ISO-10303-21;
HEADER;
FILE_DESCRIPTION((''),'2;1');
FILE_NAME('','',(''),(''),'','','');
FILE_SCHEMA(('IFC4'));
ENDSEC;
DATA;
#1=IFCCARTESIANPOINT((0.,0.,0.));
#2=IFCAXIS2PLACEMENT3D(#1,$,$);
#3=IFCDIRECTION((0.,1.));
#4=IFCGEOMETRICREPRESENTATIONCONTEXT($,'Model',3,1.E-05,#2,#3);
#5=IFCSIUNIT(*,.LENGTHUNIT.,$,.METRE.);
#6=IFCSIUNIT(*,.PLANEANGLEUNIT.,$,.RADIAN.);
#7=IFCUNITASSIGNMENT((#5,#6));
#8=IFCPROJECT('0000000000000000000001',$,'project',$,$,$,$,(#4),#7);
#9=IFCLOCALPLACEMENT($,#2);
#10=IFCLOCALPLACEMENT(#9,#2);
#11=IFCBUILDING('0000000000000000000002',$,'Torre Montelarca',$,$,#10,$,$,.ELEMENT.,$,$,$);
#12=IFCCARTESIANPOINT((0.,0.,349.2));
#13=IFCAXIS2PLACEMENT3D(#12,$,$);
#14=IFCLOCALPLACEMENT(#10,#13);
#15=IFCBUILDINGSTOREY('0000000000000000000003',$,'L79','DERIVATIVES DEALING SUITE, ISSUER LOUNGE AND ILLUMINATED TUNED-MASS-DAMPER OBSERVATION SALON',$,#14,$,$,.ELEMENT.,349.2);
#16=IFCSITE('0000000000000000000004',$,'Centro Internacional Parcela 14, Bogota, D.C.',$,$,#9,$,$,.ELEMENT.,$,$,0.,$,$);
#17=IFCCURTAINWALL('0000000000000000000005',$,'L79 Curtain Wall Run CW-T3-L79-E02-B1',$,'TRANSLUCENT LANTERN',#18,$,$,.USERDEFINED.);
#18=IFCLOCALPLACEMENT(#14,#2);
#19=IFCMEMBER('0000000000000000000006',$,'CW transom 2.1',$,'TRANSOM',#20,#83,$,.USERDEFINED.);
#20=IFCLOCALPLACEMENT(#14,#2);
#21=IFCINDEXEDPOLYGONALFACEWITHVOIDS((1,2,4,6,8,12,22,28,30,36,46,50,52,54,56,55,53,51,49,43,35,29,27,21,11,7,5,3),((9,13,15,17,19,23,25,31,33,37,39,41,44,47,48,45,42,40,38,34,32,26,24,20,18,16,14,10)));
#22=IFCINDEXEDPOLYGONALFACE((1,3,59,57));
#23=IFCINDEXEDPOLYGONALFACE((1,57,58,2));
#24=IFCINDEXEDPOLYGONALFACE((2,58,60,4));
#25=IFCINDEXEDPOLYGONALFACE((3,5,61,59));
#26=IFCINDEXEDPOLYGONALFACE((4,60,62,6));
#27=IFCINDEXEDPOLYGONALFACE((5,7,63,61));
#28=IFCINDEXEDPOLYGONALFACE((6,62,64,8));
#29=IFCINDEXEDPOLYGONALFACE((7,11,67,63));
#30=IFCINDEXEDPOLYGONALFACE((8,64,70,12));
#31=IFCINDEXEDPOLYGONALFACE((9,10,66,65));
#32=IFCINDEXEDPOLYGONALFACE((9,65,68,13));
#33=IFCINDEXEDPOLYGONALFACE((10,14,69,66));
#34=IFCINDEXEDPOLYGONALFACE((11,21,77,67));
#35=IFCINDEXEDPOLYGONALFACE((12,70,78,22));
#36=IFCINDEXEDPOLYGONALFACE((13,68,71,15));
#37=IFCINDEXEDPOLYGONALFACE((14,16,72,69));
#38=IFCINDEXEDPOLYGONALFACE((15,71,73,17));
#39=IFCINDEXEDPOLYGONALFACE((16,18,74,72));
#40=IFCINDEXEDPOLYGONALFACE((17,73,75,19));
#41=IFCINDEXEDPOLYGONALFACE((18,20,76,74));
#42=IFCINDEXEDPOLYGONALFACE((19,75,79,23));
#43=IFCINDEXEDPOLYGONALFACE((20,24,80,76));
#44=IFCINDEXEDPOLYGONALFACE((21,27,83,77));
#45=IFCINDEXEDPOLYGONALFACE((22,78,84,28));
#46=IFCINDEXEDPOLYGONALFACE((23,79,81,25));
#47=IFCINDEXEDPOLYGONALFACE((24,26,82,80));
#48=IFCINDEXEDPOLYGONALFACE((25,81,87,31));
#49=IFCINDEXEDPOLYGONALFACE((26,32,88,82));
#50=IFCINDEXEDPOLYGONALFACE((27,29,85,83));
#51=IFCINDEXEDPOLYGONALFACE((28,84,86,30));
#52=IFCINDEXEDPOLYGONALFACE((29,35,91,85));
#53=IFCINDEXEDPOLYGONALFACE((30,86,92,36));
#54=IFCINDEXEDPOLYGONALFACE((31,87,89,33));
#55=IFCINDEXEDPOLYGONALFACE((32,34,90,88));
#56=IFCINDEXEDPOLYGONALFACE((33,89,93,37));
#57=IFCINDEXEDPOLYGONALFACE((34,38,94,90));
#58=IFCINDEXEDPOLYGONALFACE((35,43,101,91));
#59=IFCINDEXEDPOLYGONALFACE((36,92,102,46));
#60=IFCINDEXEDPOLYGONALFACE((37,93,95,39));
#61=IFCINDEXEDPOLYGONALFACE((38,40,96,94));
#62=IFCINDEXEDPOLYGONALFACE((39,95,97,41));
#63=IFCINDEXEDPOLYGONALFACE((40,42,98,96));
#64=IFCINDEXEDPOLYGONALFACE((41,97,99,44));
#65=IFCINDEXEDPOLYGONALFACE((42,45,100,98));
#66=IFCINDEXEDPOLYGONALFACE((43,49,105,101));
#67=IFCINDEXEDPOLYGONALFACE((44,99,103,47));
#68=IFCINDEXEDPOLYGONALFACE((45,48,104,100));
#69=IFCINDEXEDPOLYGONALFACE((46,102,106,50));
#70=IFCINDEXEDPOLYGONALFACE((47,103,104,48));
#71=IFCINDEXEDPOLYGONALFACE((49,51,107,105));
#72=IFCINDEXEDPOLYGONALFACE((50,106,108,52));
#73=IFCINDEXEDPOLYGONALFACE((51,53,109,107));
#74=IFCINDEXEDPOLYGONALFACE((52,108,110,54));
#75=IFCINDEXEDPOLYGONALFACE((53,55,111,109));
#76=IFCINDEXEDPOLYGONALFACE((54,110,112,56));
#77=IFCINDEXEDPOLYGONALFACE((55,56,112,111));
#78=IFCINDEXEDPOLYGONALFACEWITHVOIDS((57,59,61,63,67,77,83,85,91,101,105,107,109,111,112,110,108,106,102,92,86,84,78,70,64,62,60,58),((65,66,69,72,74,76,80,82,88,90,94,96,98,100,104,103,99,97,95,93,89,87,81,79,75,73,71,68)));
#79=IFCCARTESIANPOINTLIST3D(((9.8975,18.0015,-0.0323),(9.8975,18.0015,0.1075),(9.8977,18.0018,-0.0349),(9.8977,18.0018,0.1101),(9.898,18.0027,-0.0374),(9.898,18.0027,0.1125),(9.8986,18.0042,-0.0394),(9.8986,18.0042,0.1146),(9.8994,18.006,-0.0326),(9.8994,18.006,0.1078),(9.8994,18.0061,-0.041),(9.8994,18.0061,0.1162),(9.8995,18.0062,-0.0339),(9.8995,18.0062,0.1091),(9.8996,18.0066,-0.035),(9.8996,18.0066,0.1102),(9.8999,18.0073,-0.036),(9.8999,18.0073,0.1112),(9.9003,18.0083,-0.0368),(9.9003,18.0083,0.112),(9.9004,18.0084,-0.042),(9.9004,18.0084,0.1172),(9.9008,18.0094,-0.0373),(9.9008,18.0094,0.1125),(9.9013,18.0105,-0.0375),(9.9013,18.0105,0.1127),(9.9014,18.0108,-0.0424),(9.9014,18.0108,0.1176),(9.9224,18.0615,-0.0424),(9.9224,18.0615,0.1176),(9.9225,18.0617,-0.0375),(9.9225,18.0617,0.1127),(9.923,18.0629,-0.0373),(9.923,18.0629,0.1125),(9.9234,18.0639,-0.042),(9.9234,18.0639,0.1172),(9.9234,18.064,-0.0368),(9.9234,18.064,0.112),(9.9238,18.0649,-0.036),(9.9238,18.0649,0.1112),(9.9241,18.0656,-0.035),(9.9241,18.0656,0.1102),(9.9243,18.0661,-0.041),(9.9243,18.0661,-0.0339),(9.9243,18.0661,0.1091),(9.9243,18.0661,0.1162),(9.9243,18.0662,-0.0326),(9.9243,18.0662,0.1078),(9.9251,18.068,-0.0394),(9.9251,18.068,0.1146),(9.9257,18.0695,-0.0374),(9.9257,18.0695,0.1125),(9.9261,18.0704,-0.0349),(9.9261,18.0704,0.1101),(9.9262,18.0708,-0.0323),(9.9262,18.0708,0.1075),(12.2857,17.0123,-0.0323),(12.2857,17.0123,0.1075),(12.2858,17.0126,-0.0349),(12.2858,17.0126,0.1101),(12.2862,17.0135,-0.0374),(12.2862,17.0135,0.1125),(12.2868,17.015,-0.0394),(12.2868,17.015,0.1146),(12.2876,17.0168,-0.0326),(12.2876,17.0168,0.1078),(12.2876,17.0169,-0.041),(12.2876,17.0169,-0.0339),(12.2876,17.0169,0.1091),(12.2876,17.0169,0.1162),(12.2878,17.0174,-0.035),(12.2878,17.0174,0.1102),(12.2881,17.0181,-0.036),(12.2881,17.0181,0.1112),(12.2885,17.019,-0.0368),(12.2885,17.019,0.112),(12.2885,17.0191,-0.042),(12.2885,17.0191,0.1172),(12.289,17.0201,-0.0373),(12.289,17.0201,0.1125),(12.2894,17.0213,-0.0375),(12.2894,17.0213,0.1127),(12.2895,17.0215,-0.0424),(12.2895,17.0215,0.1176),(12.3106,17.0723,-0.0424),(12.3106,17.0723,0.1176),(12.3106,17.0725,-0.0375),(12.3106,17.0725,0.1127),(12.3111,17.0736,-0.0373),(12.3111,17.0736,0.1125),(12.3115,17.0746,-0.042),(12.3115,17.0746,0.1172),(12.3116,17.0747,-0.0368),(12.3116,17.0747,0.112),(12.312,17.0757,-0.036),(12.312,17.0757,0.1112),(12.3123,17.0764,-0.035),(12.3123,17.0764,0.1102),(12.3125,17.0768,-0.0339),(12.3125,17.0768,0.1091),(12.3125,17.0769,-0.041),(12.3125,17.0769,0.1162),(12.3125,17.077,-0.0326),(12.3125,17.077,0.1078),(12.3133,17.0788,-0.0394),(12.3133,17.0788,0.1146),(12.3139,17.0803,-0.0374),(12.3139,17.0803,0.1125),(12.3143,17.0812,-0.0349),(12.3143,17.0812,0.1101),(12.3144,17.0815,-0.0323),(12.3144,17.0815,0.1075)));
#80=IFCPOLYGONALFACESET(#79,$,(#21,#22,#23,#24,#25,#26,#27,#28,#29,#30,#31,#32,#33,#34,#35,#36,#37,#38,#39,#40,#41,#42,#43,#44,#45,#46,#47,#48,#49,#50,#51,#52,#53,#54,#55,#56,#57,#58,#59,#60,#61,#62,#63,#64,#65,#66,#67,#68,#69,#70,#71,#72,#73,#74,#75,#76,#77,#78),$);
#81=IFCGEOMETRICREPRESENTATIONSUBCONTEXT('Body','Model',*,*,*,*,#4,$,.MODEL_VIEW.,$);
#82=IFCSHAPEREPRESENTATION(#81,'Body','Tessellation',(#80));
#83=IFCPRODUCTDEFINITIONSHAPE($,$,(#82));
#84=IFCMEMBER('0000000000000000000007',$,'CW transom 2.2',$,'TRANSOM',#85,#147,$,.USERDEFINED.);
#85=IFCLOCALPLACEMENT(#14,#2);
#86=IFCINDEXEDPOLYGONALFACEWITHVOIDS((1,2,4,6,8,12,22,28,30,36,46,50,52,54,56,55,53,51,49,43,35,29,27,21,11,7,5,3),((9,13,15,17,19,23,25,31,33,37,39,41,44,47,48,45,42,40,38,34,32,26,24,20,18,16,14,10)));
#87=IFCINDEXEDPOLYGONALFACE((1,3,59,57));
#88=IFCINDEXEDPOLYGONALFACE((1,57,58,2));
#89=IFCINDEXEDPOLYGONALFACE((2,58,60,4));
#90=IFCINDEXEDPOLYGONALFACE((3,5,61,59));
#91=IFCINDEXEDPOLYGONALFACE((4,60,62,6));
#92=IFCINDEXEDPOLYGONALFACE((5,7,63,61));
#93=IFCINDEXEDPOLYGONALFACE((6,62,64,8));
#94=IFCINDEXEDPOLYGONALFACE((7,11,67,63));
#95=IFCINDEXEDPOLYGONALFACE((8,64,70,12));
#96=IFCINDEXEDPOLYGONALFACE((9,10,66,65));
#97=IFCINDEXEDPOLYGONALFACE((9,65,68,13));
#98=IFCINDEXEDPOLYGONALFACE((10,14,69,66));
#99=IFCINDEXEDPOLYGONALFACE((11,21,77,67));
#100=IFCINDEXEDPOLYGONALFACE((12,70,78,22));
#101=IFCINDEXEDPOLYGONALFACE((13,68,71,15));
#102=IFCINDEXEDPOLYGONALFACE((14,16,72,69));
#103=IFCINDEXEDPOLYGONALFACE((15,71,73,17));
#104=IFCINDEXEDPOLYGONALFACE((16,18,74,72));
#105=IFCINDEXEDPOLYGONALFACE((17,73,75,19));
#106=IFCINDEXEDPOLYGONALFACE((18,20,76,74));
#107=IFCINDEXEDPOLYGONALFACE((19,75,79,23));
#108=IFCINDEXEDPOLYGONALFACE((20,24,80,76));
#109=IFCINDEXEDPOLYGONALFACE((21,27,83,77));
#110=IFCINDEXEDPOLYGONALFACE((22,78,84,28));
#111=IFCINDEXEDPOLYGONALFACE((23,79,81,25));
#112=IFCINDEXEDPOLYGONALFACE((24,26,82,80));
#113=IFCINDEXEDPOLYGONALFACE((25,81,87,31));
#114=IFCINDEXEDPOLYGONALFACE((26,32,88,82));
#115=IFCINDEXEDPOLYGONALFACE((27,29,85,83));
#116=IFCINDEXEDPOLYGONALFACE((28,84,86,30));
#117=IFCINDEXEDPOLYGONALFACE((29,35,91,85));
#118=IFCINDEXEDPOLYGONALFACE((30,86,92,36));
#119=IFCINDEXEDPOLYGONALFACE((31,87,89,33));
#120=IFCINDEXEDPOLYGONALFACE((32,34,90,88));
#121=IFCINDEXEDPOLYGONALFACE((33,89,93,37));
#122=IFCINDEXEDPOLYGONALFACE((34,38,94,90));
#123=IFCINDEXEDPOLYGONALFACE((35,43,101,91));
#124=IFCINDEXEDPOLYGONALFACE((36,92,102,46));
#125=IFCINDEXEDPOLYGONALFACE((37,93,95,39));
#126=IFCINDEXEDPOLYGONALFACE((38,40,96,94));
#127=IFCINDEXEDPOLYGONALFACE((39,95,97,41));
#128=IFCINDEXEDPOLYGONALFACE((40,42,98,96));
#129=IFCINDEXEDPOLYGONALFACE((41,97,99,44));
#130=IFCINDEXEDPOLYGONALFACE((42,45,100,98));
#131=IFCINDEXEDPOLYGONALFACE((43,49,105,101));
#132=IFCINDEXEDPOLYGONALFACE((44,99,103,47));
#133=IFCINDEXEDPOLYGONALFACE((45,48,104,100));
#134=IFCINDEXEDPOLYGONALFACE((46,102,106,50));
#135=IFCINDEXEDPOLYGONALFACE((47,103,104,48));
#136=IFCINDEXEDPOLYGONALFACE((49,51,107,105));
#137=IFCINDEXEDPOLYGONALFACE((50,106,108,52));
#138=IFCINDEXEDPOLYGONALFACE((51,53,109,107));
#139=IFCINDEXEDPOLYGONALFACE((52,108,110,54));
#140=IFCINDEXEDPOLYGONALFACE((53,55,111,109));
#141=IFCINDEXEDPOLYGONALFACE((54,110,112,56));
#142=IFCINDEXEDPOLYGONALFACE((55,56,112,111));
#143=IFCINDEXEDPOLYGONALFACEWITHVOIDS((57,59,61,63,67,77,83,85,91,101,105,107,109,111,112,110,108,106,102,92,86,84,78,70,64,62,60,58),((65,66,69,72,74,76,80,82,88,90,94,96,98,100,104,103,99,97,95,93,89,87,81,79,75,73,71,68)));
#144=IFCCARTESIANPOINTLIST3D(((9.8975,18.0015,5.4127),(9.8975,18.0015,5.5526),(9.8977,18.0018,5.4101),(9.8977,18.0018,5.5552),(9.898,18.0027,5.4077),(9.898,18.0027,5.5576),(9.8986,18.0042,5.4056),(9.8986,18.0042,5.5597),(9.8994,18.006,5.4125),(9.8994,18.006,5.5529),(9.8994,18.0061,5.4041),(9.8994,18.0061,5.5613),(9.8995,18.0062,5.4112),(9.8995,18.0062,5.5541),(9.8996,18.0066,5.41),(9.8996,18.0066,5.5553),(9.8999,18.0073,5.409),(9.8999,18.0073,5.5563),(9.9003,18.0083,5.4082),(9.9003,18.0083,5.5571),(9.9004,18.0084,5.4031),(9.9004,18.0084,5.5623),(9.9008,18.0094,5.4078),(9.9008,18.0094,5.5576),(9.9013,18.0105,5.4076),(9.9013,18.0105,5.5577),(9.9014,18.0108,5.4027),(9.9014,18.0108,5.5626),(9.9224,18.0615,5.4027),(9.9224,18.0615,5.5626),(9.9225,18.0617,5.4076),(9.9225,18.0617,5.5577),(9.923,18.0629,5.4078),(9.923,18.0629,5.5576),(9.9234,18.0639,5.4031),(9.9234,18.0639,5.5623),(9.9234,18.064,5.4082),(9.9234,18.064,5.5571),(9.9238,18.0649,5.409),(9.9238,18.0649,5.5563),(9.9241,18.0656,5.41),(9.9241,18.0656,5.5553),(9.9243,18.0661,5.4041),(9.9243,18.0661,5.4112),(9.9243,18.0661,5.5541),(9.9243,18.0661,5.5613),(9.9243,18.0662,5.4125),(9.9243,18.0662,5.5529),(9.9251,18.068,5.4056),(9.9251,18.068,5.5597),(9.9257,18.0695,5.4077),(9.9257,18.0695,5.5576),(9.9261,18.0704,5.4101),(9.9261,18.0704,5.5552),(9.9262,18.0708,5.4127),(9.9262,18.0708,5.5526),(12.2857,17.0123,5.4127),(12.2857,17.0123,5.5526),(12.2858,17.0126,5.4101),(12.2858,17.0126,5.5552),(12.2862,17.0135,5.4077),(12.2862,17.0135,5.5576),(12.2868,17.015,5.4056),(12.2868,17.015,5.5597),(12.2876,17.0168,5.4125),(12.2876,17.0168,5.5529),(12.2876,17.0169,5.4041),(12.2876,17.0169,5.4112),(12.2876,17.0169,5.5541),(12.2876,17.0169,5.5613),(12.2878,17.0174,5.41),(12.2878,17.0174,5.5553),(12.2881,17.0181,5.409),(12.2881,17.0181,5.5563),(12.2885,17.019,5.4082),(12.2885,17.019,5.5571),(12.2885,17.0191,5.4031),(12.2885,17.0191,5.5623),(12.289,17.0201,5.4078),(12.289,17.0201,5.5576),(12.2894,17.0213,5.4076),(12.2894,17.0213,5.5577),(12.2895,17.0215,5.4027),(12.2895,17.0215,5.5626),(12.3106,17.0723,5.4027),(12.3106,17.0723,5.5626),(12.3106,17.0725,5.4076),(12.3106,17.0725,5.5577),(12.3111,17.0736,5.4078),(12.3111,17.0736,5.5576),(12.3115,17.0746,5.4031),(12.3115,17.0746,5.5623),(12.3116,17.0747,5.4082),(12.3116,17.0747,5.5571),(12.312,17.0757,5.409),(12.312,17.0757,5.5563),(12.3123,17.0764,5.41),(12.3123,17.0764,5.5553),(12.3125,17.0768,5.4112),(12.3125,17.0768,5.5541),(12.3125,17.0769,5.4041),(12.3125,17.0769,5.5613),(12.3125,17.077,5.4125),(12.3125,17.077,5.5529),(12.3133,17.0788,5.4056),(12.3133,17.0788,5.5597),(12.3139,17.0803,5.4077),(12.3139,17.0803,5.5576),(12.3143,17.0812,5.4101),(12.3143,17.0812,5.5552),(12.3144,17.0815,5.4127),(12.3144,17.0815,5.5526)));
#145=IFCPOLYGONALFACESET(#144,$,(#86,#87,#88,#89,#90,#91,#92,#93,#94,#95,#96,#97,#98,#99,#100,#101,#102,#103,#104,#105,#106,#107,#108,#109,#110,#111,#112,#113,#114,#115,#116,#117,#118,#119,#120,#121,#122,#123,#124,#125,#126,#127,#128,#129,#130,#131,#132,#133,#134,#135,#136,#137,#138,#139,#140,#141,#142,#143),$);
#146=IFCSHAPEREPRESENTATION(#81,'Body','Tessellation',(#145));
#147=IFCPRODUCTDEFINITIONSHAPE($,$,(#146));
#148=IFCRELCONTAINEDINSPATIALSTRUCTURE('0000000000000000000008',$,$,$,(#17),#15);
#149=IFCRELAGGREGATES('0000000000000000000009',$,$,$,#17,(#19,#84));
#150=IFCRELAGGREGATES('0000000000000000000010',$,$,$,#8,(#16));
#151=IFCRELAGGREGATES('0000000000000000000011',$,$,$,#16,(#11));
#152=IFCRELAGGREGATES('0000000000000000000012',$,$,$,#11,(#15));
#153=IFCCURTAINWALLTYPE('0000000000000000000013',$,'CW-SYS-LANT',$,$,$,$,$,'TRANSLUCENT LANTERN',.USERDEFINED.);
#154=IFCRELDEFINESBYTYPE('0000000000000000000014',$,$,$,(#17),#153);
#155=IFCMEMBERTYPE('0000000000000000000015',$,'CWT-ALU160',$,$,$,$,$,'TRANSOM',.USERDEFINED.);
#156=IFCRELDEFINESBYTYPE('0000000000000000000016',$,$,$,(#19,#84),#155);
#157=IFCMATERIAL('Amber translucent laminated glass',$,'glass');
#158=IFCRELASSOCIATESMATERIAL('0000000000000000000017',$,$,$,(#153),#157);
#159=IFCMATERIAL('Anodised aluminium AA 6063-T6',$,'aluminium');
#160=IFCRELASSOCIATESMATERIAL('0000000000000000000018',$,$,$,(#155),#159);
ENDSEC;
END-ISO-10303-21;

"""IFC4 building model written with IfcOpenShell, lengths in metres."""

from ifc_helpers import new_model, si_unit, direction, frame, origin, origin_2d, place, context, subcontext, project, spatial, hollow_rectangle, extrude, source, transform, mapped, material, material_profile, profile_set, type_object, element, aggregate, save


model = new_model("IFC4")

# Units and contexts
model_context = context("Model", 3, precision=1e-05, world=origin(), true_north=direction((0.0, 1.0)))
body_context = subcontext(model_context, "Body", "Model", "MODEL_VIEW")
ifc_project = project(units=[si_unit("LENGTHUNIT", "METRE"), si_unit("PLANEANGLEUNIT", "RADIAN")], contexts=[model_context])

# Site, building, storey
site_placement = place(None, origin())
site = spatial("IfcSite", under=ifc_project, at=site_placement, Name="Centro Internacional Parcela 14, Bogota, D.C.", CompositionType="ELEMENT", RefElevation=0.0)
building_placement = place(site_placement, origin())
building = spatial("IfcBuilding", under=site, at=building_placement, Name="Torre Montelarca", CompositionType="ELEMENT")
storey_placement = place(building_placement, frame((0.0, 0.0, 349.2)))
storey = spatial("IfcBuildingStorey", under=building, at=storey_placement, Name="L79", Description="DERIVATIVES DEALING SUITE, ISSUER LOUNGE AND ILLUMINATED TUNED-MASS-DAMPER OBSERVATION SALON", CompositionType="ELEMENT", Elevation=349.2)

# Curtain wall
ifc_material_1 = material(Name="Amber translucent laminated glass", Category="glass")
curtain_wall_type = type_object("IfcCurtainWallType", Name="CW-SYS-LANT", ElementType="TRANSLUCENT LANTERN", PredefinedType="USERDEFINED", material=ifc_material_1)
curtain_wall_1_placement = place(storey_placement, origin())
curtain_wall_1 = element("IfcCurtainWall", 1, at=curtain_wall_1_placement, inside=storey, type_object=curtain_wall_type, Name="L79 Curtain Wall Run CW-T3-L79-E02-B1", ObjectType="TRANSLUCENT LANTERN", PredefinedType="USERDEFINED")
ifc_material_2 = material(Name="Anodised aluminium AA 6063-T6", Category="aluminium")

# Members
ifc_material_profile_1 = material_profile(ifc_material_2, hollow_rectangle(XDim=0.075, YDim=0.1599, WallThickness=0.0049, InnerFilletRadius=0.0049, OuterFilletRadius=0.01, at=origin_2d()), Name="ALU75X160X5", Category="aluminium")
ifc_profile_set_1 = profile_set([ifc_material_profile_1], Name="Anodised aluminium AA 6063-T6")
member_type_1 = type_object("IfcMemberType", Name="CWT-ALU160", ElementType="TRANSOM", PredefinedType="USERDEFINED", material=ifc_profile_set_1)
shared_shape_1 = source(origin(), body_context, "Body", "SweptSolid", [
    extrude(hollow_rectangle(XDim=0.075, YDim=0.1599, WallThickness=0.0049, InnerFilletRadius=0.0049, OuterFilletRadius=0.01, at=origin_2d()), origin(), (0.0, 0.0, 1.0), 2.585),
])
member_1_placement = place(storey_placement, frame((9.9119, 18.0361, 0.0376), z_axis=(0.923874, -0.382697, 0.0), x_axis=(0.382697, 0.923874, 0.0)))
member_1 = element("IfcMember", 2, at=member_1_placement, type_object=member_type_1, Name="CW transom 2.1", ObjectType="TRANSOM", PredefinedType="USERDEFINED", context=body_context, shape_type="MappedRepresentation", body=[
    mapped(shared_shape_1, transform((0.0, 0.0, 0.0), scale=1.0)),
])
member_2_placement = place(storey_placement, frame((9.9119, 18.0361, 5.4827), z_axis=(0.923874, -0.382697, 0.0), x_axis=(0.382697, 0.923874, 0.0)))
member_2 = element("IfcMember", 3, at=member_2_placement, type_object=member_type_1, Name="CW transom 2.2", ObjectType="TRANSOM", PredefinedType="USERDEFINED", context=body_context, shape_type="MappedRepresentation", body=[
    mapped(shared_shape_1, transform((0.0, 0.0, 0.0), scale=1.0)),
])

aggregate(curtain_wall_1, [member_1, member_2])

save(model, "model.ifc")
